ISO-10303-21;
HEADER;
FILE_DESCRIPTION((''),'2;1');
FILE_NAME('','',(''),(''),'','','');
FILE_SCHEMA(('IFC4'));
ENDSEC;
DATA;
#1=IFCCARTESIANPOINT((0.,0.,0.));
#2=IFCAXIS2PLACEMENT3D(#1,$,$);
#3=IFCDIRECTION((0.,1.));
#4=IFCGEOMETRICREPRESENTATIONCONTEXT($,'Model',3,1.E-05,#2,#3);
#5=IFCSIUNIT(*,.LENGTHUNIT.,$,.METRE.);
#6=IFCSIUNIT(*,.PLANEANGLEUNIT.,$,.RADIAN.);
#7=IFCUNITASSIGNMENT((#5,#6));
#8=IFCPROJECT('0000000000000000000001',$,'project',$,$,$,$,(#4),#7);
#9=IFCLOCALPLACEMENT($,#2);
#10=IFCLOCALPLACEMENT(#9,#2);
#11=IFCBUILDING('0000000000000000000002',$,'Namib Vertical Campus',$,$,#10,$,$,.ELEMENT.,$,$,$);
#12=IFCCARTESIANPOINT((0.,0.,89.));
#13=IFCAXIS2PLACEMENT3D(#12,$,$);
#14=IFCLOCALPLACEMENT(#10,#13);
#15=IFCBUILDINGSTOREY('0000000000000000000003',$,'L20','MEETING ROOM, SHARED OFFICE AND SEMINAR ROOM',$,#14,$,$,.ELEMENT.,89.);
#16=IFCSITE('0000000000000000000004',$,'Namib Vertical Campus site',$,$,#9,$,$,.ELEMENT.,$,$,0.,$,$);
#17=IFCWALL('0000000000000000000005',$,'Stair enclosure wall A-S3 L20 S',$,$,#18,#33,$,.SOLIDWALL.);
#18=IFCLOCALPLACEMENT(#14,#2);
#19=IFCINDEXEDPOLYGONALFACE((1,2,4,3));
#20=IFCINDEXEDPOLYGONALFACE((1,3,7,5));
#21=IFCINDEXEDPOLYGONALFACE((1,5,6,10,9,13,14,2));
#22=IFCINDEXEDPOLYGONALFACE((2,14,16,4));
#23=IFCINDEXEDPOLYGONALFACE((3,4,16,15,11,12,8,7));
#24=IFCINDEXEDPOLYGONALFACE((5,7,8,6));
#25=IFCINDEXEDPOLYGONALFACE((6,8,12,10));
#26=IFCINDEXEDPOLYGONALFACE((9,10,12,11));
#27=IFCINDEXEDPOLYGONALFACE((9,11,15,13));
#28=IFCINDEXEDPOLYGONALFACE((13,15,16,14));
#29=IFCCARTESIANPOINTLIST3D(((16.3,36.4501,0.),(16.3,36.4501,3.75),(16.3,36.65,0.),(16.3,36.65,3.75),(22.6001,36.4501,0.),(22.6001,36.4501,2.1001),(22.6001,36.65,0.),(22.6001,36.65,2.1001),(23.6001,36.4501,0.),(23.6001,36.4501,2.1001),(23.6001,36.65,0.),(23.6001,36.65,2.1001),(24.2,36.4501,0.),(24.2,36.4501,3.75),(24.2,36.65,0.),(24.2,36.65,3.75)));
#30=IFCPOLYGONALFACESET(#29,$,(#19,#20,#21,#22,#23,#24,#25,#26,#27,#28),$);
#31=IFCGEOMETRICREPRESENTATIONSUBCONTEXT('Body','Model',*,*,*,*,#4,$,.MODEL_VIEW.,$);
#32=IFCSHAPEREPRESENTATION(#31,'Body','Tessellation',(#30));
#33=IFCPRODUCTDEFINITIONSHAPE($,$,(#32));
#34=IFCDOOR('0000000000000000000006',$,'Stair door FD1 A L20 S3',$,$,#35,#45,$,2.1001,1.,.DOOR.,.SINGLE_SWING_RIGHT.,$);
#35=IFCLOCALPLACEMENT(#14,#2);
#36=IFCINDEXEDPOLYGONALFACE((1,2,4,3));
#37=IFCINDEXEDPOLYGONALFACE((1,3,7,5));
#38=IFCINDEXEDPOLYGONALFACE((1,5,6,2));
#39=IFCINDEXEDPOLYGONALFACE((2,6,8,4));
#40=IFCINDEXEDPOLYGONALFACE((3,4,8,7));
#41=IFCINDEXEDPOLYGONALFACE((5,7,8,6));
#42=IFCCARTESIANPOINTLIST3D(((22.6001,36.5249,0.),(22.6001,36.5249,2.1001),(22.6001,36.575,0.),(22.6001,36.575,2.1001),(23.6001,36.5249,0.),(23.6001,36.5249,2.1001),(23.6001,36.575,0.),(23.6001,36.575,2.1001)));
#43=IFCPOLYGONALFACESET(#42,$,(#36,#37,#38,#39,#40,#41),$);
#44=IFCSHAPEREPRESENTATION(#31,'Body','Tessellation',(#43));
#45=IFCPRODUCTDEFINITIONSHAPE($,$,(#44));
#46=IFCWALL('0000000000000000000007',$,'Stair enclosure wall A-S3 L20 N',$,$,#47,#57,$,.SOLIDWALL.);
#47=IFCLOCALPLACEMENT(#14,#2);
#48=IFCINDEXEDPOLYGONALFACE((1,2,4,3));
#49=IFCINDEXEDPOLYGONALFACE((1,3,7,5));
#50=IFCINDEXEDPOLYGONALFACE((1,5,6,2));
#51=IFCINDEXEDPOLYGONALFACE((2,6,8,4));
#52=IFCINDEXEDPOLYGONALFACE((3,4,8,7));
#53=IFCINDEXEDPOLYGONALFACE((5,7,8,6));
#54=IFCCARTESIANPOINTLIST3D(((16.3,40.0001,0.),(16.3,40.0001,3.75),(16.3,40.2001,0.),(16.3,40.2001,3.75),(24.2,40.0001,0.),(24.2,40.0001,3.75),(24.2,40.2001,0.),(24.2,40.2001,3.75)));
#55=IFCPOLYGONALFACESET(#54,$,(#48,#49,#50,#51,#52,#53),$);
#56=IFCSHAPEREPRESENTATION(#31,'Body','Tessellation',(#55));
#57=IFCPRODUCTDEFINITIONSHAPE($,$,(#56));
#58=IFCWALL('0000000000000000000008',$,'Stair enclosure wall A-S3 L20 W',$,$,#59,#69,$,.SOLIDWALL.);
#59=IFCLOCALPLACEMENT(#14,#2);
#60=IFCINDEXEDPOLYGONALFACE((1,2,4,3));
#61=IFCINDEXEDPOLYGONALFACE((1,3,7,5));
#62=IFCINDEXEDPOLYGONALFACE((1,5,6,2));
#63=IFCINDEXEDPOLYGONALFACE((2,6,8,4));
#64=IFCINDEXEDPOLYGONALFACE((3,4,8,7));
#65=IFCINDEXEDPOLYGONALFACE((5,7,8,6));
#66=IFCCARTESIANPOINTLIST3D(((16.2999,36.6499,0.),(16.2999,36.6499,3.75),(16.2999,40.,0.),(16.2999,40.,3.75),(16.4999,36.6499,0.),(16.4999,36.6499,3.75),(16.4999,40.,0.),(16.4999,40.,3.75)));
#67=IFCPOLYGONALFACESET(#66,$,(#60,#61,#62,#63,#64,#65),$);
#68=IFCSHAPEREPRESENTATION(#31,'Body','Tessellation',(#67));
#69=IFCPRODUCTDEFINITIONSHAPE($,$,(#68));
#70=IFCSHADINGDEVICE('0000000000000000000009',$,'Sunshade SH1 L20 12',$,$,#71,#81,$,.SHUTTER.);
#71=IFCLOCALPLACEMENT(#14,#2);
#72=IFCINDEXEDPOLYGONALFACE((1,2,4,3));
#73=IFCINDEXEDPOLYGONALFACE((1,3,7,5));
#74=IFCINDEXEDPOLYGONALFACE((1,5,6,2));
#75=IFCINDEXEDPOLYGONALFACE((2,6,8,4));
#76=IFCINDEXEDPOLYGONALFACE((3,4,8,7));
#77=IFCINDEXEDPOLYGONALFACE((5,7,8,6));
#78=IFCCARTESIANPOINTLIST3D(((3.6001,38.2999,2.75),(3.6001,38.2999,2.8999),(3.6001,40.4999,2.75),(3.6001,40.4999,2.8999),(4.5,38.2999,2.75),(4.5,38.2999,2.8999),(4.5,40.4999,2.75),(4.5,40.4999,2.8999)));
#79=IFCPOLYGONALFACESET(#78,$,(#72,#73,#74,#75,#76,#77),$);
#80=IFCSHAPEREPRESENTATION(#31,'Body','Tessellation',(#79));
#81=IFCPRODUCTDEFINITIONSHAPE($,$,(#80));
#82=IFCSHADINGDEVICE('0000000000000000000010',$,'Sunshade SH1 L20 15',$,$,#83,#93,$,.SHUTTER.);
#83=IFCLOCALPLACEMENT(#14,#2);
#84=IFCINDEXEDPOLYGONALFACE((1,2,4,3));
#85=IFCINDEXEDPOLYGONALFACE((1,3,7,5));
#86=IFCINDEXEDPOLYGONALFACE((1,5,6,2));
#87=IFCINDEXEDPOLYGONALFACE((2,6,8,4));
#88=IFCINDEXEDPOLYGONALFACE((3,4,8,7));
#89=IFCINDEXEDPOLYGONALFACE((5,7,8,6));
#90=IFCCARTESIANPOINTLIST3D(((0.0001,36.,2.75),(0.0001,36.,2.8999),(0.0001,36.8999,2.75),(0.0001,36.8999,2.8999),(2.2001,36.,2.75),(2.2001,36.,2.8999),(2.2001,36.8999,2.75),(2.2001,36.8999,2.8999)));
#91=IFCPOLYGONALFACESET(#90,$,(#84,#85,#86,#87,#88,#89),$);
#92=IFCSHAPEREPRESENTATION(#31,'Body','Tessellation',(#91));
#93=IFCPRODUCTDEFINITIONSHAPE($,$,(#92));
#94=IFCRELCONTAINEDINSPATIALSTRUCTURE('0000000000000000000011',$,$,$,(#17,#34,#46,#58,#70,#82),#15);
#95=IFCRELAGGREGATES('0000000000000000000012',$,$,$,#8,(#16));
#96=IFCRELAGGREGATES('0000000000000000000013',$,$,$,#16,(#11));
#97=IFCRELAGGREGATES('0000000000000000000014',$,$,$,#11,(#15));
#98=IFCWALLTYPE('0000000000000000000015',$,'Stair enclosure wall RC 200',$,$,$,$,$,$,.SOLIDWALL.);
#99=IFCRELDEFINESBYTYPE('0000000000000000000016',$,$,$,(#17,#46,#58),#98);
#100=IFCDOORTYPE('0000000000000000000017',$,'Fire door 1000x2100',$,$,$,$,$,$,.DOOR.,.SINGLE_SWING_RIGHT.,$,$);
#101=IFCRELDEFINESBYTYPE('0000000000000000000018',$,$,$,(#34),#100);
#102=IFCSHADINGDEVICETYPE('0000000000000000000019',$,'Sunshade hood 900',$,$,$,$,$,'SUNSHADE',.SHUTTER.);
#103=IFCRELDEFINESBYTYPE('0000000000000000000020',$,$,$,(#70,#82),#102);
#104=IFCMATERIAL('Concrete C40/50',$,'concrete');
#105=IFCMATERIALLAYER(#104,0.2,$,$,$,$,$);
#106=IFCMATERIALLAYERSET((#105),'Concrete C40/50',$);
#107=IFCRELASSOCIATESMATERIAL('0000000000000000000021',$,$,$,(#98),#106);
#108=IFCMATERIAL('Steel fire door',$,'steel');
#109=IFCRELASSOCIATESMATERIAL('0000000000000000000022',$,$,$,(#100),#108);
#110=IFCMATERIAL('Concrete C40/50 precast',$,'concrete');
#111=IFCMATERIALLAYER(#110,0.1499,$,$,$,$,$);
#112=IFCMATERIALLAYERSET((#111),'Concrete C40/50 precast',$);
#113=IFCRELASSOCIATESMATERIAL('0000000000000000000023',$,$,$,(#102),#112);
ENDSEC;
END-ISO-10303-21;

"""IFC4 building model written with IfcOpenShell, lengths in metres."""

from ifc_helpers import new_model, si_unit, direction, frame, frame_2d, origin, origin_2d, place, context, subcontext, project, spatial, rectangle, extrude, material, layer, layer_set, type_object, element, fill, save


model = new_model("IFC4")

# Units and contexts
model_context = context("Model", 3, precision=1e-05, world=origin(), true_north=direction((0.0, 1.0)))
body_context = subcontext(model_context, "Body", "Model", "MODEL_VIEW")
ifc_project = project(units=[si_unit("LENGTHUNIT", "METRE"), si_unit("PLANEANGLEUNIT", "RADIAN")], contexts=[model_context])

# Site, building, storey
site_placement = place(None, origin())
site = spatial("IfcSite", under=ifc_project, at=site_placement, Name="Namib Vertical Campus site", CompositionType="ELEMENT", RefElevation=0.0)
building_placement = place(site_placement, origin())
building = spatial("IfcBuilding", under=site, at=building_placement, Name="Namib Vertical Campus", CompositionType="ELEMENT")
storey_placement = place(building_placement, frame((0.0, 0.0, 89.0)))
storey = spatial("IfcBuildingStorey", under=building, at=storey_placement, Name="L20", Description="MEETING ROOM, SHARED OFFICE AND SEMINAR ROOM", CompositionType="ELEMENT", Elevation=89.0)

# Wall, opening, door
ifc_material_1 = material(Name="Concrete C40/50", Category="concrete")
ifc_layer_1 = layer(ifc_material_1, 0.2)
ifc_layer_set_1 = layer_set([ifc_layer_1], Name="Concrete C40/50")
wall_type_1 = type_object("IfcWallType", Name="Stair enclosure wall RC 200", PredefinedType="SOLIDWALL", material=ifc_layer_set_1)
wall_1_placement = place(storey_placement, frame((16.3, 36.55, 0.0), z_axis=(0.0, 0.0, 1.0), x_axis=(1.0, 0.0, 0.0)))
wall_1 = element("IfcWall", 1, at=wall_1_placement, inside=storey, type_object=wall_type_1, Name="Stair enclosure wall A-S3 L20 S", PredefinedType="SOLIDWALL", context=body_context, shape_type="SweptSolid", body=[
    extrude(rectangle(XDim=7.8999, YDim=0.2, at=frame_2d((3.95, 0.0))), origin(), (0.0, 0.0, 1.0), 3.75),
])
opening_1_placement = place(wall_1_placement, frame((6.3, 0.0, 0.0)))
opening_1 = element("IfcOpeningElement", 2, at=opening_1_placement, cuts=wall_1, PredefinedType="OPENING", context=body_context, shape_type="SweptSolid", body=[
    extrude(rectangle(XDim=1.0, YDim=2.1001, at=frame_2d((0.5, 1.05))), frame((0.0, 0.1099, 0.0), z_axis=(0.0, -1.0, 0.0), x_axis=(1.0, 0.0, 0.0)), (0.0, 0.0, 1.0), 0.22),
])
ifc_material_2 = material(Name="Steel fire door", Category="steel")
door_type = type_object("IfcDoorType", Name="Fire door 1000x2100", OperationType="SINGLE_SWING_RIGHT", PredefinedType="DOOR", material=ifc_material_2)
door_placement = place(opening_1_placement, origin())
door = element("IfcDoor", 3, at=door_placement, inside=storey, type_object=door_type, Name="Stair door FD1 A L20 S3", OperationType="SINGLE_SWING_RIGHT", OverallHeight=2.1001, OverallWidth=1.0, PredefinedType="DOOR", context=body_context, shape_type="SweptSolid", body=[
    extrude(rectangle(XDim=1.0, YDim=2.1001, at=frame_2d((0.5, 1.05))), frame((0.0, 0.0249, 0.0), z_axis=(0.0, -1.0, 0.0), x_axis=(1.0, 0.0, 0.0)), (0.0, 0.0, 1.0), 0.05),
])
fill(opening_1, door)

# Walls
wall_2_placement = place(storey_placement, frame((16.3, 40.1001, 0.0), z_axis=(0.0, 0.0, 1.0), x_axis=(1.0, 0.0, 0.0)))
element("IfcWall", 4, at=wall_2_placement, inside=storey, type_object=wall_type_1, Name="Stair enclosure wall A-S3 L20 N", PredefinedType="SOLIDWALL", context=body_context, shape_type="SweptSolid", body=[
    extrude(rectangle(XDim=7.8999, YDim=0.2, at=frame_2d((3.95, 0.0))), origin(), (0.0, 0.0, 1.0), 3.75),
])
wall_3_placement = place(storey_placement, frame((16.3999, 36.6499, 0.0), z_axis=(0.0, 0.0, 1.0), x_axis=(0.0, 1.0, 0.0)))
element("IfcWall", 5, at=wall_3_placement, inside=storey, type_object=wall_type_1, Name="Stair enclosure wall A-S3 L20 W", PredefinedType="SOLIDWALL", context=body_context, shape_type="SweptSolid", body=[
    extrude(rectangle(XDim=3.3501, YDim=0.2, at=frame_2d((1.675, 0.0))), origin(), (0.0, 0.0, 1.0), 3.75),
])

# Shading devices
ifc_material_3 = material(Name="Concrete C40/50 precast", Category="concrete")
ifc_layer_2 = layer(ifc_material_3, 0.1499)
ifc_layer_set_2 = layer_set([ifc_layer_2], Name="Concrete C40/50 precast")
shading_device_type = type_object("IfcShadingDeviceType", Name="Sunshade hood 900", ElementType="SUNSHADE", PredefinedType="SHUTTER", material=ifc_layer_set_2)
for number, where, z_axis, x_axis, name in (
    (6, (4.05, 39.3999, 2.75), (0.0, 0.0, 1.0), (0.0, -1.0, 0.0), "Sunshade SH1 L20 12"),
    (7, (1.1001, 36.45, 2.75), (0.0, 0.0, 1.0), (-1.0, 0.0, 0.0), "Sunshade SH1 L20 15"),
):
    element("IfcShadingDevice", number, at=place(storey_placement, frame(where, z_axis=z_axis, x_axis=x_axis)), inside=storey, type_object=shading_device_type, Name=name, PredefinedType="SHUTTER", context=body_context, shape_type="SweptSolid", body=[
        extrude(rectangle(XDim=2.2, YDim=0.8999, at=origin_2d()), origin(), (0.0, 0.0, 1.0), 0.1499),
    ])

save(model, "model.ifc")
